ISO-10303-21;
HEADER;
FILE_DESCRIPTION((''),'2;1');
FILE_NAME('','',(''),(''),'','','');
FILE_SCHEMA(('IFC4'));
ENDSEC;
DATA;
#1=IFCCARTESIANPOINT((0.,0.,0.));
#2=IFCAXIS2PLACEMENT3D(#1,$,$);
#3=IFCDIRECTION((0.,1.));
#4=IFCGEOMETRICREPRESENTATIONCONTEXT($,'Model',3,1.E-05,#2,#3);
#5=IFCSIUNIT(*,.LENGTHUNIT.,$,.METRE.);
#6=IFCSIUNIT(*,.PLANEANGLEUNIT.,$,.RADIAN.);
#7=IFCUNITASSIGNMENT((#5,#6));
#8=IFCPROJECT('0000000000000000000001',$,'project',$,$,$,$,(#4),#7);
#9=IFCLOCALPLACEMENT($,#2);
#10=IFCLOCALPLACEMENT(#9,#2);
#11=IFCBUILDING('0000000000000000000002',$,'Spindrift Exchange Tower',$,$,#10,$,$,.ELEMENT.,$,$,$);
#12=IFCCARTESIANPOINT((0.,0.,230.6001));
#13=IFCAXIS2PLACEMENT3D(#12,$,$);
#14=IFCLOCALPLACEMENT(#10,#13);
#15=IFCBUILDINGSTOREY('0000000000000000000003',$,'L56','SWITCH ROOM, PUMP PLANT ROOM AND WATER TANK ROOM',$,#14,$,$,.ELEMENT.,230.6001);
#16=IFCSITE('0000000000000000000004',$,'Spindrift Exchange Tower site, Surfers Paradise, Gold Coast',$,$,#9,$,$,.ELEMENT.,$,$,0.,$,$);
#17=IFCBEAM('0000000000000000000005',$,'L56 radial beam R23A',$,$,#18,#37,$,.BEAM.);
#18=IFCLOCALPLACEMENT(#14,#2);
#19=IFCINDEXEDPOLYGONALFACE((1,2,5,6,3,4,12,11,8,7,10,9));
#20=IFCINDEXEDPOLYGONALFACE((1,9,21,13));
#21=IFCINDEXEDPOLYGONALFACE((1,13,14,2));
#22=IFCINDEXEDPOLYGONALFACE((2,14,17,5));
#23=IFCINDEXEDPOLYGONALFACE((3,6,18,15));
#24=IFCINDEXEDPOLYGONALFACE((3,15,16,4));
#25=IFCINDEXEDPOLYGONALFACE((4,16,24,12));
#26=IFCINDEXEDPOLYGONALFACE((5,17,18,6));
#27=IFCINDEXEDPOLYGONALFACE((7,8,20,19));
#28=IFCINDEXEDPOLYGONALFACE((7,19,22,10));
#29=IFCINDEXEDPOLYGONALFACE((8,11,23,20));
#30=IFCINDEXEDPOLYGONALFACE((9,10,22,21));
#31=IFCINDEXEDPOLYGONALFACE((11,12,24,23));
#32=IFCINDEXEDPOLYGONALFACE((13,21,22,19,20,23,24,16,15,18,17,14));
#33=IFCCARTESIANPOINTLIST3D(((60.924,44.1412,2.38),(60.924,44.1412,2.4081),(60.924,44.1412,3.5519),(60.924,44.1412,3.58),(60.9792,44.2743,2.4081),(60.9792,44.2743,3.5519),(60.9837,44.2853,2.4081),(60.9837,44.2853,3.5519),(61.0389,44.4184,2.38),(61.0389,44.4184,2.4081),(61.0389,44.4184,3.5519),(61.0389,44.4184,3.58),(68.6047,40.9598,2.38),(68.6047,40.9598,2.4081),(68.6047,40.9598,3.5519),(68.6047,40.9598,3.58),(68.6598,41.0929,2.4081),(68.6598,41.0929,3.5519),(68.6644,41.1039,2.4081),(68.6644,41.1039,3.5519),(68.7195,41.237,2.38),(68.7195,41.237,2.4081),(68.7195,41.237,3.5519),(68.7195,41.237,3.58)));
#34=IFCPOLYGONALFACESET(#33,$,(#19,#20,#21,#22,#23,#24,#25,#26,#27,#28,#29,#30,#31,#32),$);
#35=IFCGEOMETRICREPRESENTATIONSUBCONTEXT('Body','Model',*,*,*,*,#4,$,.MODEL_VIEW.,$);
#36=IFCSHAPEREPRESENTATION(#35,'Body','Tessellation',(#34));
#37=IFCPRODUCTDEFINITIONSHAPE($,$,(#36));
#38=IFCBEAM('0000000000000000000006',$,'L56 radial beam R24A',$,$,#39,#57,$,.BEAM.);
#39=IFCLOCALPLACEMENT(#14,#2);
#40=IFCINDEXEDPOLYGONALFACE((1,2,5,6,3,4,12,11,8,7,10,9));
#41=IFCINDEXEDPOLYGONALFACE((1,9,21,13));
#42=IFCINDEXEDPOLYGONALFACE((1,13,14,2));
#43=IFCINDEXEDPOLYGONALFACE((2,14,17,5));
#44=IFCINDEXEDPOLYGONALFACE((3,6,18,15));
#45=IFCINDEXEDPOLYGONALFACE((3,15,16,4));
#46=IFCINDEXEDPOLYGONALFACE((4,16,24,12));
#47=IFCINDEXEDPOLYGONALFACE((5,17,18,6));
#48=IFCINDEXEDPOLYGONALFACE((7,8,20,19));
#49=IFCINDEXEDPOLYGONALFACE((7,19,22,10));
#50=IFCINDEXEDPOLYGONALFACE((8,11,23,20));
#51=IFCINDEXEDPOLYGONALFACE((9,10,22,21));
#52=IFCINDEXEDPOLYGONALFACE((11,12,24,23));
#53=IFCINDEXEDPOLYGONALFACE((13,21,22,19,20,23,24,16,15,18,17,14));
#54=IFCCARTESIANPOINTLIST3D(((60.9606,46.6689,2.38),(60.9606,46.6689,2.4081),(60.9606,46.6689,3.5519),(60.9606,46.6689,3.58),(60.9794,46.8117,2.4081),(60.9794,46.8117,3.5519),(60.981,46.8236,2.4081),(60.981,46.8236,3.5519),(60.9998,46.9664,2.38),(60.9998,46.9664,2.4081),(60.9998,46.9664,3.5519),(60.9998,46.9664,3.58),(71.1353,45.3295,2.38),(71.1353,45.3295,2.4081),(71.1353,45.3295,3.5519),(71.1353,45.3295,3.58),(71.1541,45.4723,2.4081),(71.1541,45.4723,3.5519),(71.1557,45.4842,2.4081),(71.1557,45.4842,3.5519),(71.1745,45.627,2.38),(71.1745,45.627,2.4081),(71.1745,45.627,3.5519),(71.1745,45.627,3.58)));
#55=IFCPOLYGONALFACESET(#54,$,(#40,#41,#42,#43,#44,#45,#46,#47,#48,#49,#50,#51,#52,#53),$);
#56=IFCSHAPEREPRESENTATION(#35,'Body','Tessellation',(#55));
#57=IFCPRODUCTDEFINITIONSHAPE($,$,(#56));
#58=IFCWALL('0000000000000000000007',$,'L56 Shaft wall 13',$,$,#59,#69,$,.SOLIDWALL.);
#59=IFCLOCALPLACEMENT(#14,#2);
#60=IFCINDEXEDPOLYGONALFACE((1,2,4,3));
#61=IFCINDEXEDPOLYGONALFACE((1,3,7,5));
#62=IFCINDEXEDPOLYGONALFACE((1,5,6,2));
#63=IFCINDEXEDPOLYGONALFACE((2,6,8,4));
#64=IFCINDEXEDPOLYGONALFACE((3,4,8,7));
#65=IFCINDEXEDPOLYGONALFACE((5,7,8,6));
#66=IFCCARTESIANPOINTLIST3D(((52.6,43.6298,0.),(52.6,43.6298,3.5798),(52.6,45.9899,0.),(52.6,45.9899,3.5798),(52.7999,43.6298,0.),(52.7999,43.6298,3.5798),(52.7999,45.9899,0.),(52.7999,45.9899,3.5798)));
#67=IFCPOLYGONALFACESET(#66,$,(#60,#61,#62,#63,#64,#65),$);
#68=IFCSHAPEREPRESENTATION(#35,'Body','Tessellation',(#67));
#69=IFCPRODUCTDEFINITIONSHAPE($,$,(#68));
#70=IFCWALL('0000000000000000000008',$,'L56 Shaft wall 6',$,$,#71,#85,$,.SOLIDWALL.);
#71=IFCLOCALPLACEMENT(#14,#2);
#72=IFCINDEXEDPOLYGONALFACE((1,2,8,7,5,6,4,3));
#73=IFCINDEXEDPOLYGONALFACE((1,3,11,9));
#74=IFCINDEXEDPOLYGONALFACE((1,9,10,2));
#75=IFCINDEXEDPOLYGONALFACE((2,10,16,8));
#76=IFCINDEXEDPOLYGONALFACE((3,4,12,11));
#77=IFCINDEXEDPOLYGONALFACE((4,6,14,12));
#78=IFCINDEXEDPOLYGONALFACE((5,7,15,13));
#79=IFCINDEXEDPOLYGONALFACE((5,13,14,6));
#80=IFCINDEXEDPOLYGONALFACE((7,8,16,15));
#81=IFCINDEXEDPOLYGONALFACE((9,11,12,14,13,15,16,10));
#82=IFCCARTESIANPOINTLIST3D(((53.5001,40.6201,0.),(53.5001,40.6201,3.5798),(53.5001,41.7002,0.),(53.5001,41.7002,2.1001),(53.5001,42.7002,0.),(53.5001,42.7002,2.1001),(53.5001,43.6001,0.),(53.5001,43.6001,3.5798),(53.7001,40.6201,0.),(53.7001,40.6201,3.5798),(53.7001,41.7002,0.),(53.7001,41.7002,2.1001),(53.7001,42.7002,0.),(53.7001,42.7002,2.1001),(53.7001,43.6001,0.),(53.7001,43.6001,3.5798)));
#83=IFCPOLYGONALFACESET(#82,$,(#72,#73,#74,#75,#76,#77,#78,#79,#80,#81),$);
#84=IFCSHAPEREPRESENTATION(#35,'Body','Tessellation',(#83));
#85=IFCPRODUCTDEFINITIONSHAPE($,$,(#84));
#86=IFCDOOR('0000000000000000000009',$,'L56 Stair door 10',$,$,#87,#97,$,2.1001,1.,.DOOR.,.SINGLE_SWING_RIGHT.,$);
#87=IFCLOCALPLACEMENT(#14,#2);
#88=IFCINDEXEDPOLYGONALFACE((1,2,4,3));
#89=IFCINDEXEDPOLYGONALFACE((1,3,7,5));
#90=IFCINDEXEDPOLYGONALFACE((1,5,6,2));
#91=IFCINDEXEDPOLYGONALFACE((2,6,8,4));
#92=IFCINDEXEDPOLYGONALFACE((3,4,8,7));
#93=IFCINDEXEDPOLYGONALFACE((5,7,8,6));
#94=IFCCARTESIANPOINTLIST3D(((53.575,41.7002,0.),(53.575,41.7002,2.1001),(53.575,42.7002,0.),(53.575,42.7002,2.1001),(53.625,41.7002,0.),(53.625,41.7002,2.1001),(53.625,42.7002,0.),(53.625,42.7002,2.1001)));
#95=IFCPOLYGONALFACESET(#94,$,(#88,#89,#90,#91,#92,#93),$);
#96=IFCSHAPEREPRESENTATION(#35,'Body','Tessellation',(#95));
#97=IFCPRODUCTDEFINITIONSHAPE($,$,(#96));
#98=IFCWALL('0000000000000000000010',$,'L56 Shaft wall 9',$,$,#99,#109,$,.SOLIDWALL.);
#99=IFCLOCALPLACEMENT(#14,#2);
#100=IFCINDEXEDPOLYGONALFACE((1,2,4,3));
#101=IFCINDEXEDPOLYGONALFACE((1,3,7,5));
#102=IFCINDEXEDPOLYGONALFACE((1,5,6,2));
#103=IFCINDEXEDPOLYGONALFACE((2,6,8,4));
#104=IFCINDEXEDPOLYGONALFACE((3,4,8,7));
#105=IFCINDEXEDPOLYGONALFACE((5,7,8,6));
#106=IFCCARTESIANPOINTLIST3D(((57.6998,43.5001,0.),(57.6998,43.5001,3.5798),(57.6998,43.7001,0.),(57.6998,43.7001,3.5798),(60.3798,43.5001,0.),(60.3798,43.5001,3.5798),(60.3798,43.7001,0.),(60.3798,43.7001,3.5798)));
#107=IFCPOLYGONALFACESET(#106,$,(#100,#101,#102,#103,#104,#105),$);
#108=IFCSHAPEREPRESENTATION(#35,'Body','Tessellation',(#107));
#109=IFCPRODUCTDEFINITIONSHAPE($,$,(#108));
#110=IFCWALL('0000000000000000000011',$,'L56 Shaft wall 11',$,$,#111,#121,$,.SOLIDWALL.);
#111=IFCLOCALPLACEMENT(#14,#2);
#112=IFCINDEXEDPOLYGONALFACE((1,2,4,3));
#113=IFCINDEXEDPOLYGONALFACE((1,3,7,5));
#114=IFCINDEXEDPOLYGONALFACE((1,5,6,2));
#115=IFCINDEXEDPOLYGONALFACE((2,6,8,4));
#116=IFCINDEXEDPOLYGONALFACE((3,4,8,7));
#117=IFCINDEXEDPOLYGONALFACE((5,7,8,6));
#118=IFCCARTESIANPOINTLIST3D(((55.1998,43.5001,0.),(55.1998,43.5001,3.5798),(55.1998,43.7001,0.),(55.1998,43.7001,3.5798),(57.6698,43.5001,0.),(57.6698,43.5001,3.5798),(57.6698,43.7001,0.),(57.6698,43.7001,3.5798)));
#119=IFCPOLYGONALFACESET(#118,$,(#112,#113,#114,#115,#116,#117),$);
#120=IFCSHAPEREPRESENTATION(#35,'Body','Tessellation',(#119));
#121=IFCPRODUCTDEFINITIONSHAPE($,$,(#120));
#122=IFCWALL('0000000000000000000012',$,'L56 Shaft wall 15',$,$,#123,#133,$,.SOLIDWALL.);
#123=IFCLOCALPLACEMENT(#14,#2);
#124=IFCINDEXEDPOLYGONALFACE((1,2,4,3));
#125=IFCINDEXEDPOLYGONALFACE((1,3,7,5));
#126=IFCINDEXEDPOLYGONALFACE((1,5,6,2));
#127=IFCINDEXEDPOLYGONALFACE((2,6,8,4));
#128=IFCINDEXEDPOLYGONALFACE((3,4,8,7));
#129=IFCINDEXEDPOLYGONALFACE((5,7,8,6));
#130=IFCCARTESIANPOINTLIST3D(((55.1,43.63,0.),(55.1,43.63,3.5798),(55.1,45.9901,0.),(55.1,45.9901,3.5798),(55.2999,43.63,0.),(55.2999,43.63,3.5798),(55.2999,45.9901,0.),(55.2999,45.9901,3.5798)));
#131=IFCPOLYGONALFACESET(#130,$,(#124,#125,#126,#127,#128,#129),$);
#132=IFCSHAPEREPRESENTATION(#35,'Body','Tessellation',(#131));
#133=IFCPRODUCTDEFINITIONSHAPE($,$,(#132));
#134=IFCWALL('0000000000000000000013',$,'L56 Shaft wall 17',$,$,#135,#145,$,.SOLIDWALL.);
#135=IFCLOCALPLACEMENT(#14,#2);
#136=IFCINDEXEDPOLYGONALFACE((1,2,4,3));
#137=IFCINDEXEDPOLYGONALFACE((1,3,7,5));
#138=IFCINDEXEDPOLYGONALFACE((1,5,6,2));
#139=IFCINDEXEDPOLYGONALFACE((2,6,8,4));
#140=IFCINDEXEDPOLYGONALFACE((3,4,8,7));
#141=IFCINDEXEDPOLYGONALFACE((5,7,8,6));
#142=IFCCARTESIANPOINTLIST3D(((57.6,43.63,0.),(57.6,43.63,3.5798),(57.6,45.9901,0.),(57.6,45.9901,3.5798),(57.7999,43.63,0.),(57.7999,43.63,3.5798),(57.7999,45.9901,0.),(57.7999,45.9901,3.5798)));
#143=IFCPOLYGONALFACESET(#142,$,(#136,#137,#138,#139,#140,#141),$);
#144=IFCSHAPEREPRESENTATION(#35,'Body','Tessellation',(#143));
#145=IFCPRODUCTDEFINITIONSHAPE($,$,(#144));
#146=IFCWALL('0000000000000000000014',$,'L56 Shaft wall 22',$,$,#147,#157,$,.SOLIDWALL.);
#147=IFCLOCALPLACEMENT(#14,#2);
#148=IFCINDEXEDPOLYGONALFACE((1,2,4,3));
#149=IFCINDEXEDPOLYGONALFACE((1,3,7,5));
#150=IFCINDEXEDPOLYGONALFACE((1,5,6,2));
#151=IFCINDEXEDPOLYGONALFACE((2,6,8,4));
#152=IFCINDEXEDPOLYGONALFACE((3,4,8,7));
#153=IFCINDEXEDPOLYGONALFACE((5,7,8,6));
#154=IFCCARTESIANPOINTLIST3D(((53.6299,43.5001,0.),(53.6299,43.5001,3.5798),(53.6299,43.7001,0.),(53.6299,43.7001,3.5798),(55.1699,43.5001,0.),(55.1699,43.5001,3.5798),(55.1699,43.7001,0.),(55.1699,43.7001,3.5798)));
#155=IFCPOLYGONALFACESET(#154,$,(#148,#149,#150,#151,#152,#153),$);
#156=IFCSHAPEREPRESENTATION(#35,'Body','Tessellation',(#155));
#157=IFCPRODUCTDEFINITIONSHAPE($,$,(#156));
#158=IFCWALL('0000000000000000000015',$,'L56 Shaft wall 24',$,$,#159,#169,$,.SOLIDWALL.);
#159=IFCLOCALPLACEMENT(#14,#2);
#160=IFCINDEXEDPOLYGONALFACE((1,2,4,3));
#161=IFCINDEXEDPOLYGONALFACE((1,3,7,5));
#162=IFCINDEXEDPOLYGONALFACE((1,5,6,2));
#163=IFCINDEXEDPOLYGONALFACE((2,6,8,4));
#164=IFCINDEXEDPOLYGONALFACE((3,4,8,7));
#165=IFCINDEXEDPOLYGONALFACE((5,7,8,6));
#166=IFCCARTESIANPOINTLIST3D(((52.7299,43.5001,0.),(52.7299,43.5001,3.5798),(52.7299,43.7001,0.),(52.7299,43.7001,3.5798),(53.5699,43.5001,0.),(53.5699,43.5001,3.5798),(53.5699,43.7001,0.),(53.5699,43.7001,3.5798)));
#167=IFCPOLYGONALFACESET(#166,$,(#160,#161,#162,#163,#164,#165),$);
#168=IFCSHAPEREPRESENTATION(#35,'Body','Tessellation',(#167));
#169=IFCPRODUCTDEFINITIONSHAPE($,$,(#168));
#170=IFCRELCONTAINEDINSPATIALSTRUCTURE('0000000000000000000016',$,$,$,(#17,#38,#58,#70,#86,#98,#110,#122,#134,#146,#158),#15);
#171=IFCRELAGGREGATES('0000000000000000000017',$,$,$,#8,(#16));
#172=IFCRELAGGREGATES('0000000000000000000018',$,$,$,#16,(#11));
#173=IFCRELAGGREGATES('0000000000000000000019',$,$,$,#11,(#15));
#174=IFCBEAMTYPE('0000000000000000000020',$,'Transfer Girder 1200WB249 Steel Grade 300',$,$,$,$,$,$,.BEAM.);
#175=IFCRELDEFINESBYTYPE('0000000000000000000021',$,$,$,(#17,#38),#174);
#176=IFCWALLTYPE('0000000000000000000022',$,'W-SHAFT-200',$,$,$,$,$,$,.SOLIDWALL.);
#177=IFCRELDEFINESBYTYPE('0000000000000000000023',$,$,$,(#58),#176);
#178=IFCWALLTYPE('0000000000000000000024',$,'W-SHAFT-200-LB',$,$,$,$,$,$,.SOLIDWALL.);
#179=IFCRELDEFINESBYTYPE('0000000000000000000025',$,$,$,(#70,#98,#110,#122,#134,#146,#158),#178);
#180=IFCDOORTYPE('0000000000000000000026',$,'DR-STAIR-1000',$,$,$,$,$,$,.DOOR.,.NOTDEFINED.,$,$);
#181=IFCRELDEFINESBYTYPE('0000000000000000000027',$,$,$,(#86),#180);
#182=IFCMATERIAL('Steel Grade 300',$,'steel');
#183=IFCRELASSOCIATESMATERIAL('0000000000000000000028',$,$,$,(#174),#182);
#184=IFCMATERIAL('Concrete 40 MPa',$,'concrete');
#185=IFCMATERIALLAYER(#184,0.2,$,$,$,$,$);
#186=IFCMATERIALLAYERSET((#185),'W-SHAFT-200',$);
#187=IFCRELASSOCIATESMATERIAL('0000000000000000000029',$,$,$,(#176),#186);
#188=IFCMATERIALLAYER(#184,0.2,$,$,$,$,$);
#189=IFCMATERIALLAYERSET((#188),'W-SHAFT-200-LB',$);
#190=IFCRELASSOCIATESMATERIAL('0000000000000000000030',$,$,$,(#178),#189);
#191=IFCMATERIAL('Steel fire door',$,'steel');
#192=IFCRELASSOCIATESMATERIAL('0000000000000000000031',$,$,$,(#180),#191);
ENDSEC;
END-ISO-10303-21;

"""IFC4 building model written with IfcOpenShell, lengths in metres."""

from ifc_helpers import new_model, si_unit, direction, frame, frame_2d, origin, origin_2d, place, context, subcontext, project, spatial, rectangle, i_section, extrude, source, transform, mapped, material, layer, layer_set, material_profile, profile_set, type_object, element, fill, save


model = new_model("IFC4")

# Units and contexts
model_context = context("Model", 3, precision=1e-05, world=origin(), true_north=direction((0.0, 1.0)))
body_context = subcontext(model_context, "Body", "Model", "MODEL_VIEW")
ifc_project = project(units=[si_unit("LENGTHUNIT", "METRE"), si_unit("PLANEANGLEUNIT", "RADIAN")], contexts=[model_context])

# Site, building, storey
site_placement = place(None, origin())
site = spatial("IfcSite", under=ifc_project, at=site_placement, Name="Spindrift Exchange Tower site, Surfers Paradise, Gold Coast", CompositionType="ELEMENT", RefElevation=0.0)
building_placement = place(site_placement, origin())
building = spatial("IfcBuilding", under=site, at=building_placement, Name="Spindrift Exchange Tower", CompositionType="ELEMENT")
storey_placement = place(building_placement, frame((0.0, 0.0, 230.6001)))
storey = spatial("IfcBuildingStorey", under=building, at=storey_placement, Name="L56", Description="SWITCH ROOM, PUMP PLANT ROOM AND WATER TANK ROOM", CompositionType="ELEMENT", Elevation=230.6001)

# Beams
ifc_material_1 = material(Name="Steel Grade 300", Category="steel")
ifc_material_profile = material_profile(ifc_material_1, i_section(OverallWidth=0.3, OverallDepth=1.2, WebThickness=0.012, FlangeThickness=0.0281, at=origin_2d()), Name="1200WB249")
ifc_profile_set = profile_set([ifc_material_profile], Name="Steel Grade 300")
beam_type = type_object("IfcBeamType", Name="Transfer Girder 1200WB249 Steel Grade 300", PredefinedType="BEAM", material=ifc_profile_set)
shared_shape_1 = source(origin(), body_context, "Body", "SweptSolid", [
    extrude(i_section(OverallWidth=0.3, OverallDepth=1.2, WebThickness=0.012, FlangeThickness=0.0281, at=origin_2d()), origin(), (0.0, 0.0, 1.0), 8.3135),
])
beam_1_placement = place(storey_placement, frame((60.9814, 44.2798, 2.98), z_axis=(0.923881, -0.382679, 0.0), x_axis=(0.382679, 0.923881, 0.0)))
element("IfcBeam", 1, at=beam_1_placement, inside=storey, type_object=beam_type, Name="L56 radial beam R23A", PredefinedType="BEAM", context=body_context, shape_type="MappedRepresentation", body=[
    mapped(shared_shape_1, transform((0.0, 0.0, 0.0), scale=1.0)),
])
shared_shape_2 = source(origin(), body_context, "Body", "SweptSolid", [
    extrude(i_section(OverallWidth=0.3, OverallDepth=1.2, WebThickness=0.012, FlangeThickness=0.0281, at=origin_2d()), origin(), (0.0, 0.0, 1.0), 10.2625),
])
beam_2_placement = place(storey_placement, frame((60.9802, 46.8176, 2.98), z_axis=(0.991447, -0.130512, 0.0), x_axis=(0.130512, 0.991447, 0.0)))
element("IfcBeam", 2, at=beam_2_placement, inside=storey, type_object=beam_type, Name="L56 radial beam R24A", PredefinedType="BEAM", context=body_context, shape_type="MappedRepresentation", body=[
    mapped(shared_shape_2, transform((0.0, 0.0, 0.0), scale=1.0)),
])

# Wall
ifc_material_2 = material(Name="Concrete 40 MPa", Category="concrete")
ifc_layer_1 = layer(ifc_material_2, 0.2)
ifc_layer_set_1 = layer_set([ifc_layer_1], Name="W-SHAFT-200")
wall_type_1 = type_object("IfcWallType", Name="W-SHAFT-200", PredefinedType="SOLIDWALL", material=ifc_layer_set_1)
wall_1_placement = place(storey_placement, frame((52.7, 45.99, 0.0), z_axis=(0.0, 0.0, 1.0), x_axis=(0.0, -1.0, 0.0)))
element("IfcWall", 3, at=wall_1_placement, inside=storey, type_object=wall_type_1, Name="L56 Shaft wall 13", PredefinedType="SOLIDWALL", context=body_context, shape_type="SweptSolid", body=[
    extrude(rectangle(XDim=2.3601, YDim=0.2, at=frame_2d((1.1802, 0.0))), origin(), (0.0, 0.0, 1.0), 3.5798),
])

# Wall, opening, door
ifc_layer_2 = layer(ifc_material_2, 0.2)
ifc_layer_set_2 = layer_set([ifc_layer_2], Name="W-SHAFT-200-LB")
wall_type_2 = type_object("IfcWallType", Name="W-SHAFT-200-LB", PredefinedType="SOLIDWALL", material=ifc_layer_set_2)
wall_2_placement = place(storey_placement, frame((53.6001, 43.6001, 0.0), z_axis=(0.0, 0.0, 1.0), x_axis=(0.0, -1.0, 0.0)))
wall_2 = element("IfcWall", 4, at=wall_2_placement, inside=storey, type_object=wall_type_2, Name="L56 Shaft wall 6", PredefinedType="SOLIDWALL", context=body_context, shape_type="SweptSolid", body=[
    extrude(rectangle(XDim=2.98, YDim=0.2, at=frame_2d((1.49, 0.0))), origin(), (0.0, 0.0, 1.0), 3.5798),
])
opening_placement = place(wall_2_placement, frame((0.8999, 0.0, 0.0)))
opening = element("IfcOpeningElement", 5, at=opening_placement, cuts=wall_2, PredefinedType="OPENING", context=body_context, shape_type="SweptSolid", body=[
    extrude(rectangle(XDim=1.0, YDim=2.1001, at=frame_2d((0.5, 1.05))), frame((0.0, 0.1099, 0.0), z_axis=(0.0, -1.0, 0.0), x_axis=(1.0, 0.0, 0.0)), (0.0, 0.0, 1.0), 0.22),
])
ifc_material_3 = material(Name="Steel fire door", Category="steel")
door_type = type_object("IfcDoorType", Name="DR-STAIR-1000", OperationType="NOTDEFINED", PredefinedType="DOOR", material=ifc_material_3)
shared_shape_3 = source(origin(), body_context, "Body", "SweptSolid", [
    extrude(rectangle(XDim=1.0, YDim=2.1001, at=frame_2d((0.5, 1.05))), frame((0.0, 0.0249, 0.0), z_axis=(0.0, -1.0, 0.0), x_axis=(1.0, 0.0, 0.0)), (0.0, 0.0, 1.0), 0.05),
])
door_placement = place(opening_placement, origin())
door = element("IfcDoor", 6, at=door_placement, inside=storey, type_object=door_type, Name="L56 Stair door 10", OperationType="SINGLE_SWING_RIGHT", OverallHeight=2.1001, OverallWidth=1.0, PredefinedType="DOOR", context=body_context, shape_type="MappedRepresentation", body=[
    mapped(shared_shape_3, transform((0.0, 0.0, 0.0), scale=1.0)),
])
fill(opening, door)

# Walls
wall_3_placement = place(storey_placement, frame((57.7, 43.6001, 0.0), z_axis=(0.0, 0.0, 1.0), x_axis=(1.0, 0.0, 0.0)))
element("IfcWall", 7, at=wall_3_placement, inside=storey, type_object=wall_type_2, Name="L56 Shaft wall 9", PredefinedType="SOLIDWALL", context=body_context, shape_type="SweptSolid", body=[
    extrude(rectangle(XDim=2.6799, YDim=0.2, at=frame_2d((1.3398, 0.0))), origin(), (0.0, 0.0, 1.0), 3.5798),
])
wall_4_placement = place(storey_placement, frame((55.2, 43.6001, 0.0), z_axis=(0.0, 0.0, 1.0), x_axis=(1.0, 0.0, 0.0)))
element("IfcWall", 8, at=wall_4_placement, inside=storey, type_object=wall_type_2, Name="L56 Shaft wall 11", PredefinedType="SOLIDWALL", context=body_context, shape_type="SweptSolid", body=[
    extrude(rectangle(XDim=2.47, YDim=0.2, at=frame_2d((1.2349, 0.0))), origin(), (0.0, 0.0, 1.0), 3.5798),
])
for number, where, z_axis, x_axis, name in (
    (9, (55.2, 43.6299, 0.0), (0.0, 0.0, 1.0), (0.0, 1.0, 0.0), "L56 Shaft wall 15"),
    (10, (57.7, 43.6299, 0.0), (0.0, 0.0, 1.0), (0.0, 1.0, 0.0), "L56 Shaft wall 17"),
):
    element("IfcWall", number, at=place(storey_placement, frame(where, z_axis=z_axis, x_axis=x_axis)), inside=storey, type_object=wall_type_2, Name=name, PredefinedType="SOLIDWALL", context=body_context, shape_type="SweptSolid", body=[
        extrude(rectangle(XDim=2.3601, YDim=0.2, at=frame_2d((1.1802, 0.0))), origin(), (0.0, 0.0, 1.0), 3.5798),
    ])
wall_5_placement = place(storey_placement, frame((53.6299, 43.6001, 0.0), z_axis=(0.0, 0.0, 1.0), x_axis=(1.0, 0.0, 0.0)))
element("IfcWall", 11, at=wall_5_placement, inside=storey, type_object=wall_type_2, Name="L56 Shaft wall 22", PredefinedType="SOLIDWALL", context=body_context, shape_type="SweptSolid", body=[
    extrude(rectangle(XDim=1.54, YDim=0.2, at=frame_2d((0.77, 0.0))), origin(), (0.0, 0.0, 1.0), 3.5798),
])
wall_6_placement = place(storey_placement, frame((52.73, 43.6001, 0.0), z_axis=(0.0, 0.0, 1.0), x_axis=(1.0, 0.0, 0.0)))
element("IfcWall", 12, at=wall_6_placement, inside=storey, type_object=wall_type_2, Name="L56 Shaft wall 24", PredefinedType="SOLIDWALL", context=body_context, shape_type="SweptSolid", body=[
    extrude(rectangle(XDim=0.8401, YDim=0.2, at=frame_2d((0.4199, 0.0))), origin(), (0.0, 0.0, 1.0), 3.5798),
])

save(model, "model.ifc")
